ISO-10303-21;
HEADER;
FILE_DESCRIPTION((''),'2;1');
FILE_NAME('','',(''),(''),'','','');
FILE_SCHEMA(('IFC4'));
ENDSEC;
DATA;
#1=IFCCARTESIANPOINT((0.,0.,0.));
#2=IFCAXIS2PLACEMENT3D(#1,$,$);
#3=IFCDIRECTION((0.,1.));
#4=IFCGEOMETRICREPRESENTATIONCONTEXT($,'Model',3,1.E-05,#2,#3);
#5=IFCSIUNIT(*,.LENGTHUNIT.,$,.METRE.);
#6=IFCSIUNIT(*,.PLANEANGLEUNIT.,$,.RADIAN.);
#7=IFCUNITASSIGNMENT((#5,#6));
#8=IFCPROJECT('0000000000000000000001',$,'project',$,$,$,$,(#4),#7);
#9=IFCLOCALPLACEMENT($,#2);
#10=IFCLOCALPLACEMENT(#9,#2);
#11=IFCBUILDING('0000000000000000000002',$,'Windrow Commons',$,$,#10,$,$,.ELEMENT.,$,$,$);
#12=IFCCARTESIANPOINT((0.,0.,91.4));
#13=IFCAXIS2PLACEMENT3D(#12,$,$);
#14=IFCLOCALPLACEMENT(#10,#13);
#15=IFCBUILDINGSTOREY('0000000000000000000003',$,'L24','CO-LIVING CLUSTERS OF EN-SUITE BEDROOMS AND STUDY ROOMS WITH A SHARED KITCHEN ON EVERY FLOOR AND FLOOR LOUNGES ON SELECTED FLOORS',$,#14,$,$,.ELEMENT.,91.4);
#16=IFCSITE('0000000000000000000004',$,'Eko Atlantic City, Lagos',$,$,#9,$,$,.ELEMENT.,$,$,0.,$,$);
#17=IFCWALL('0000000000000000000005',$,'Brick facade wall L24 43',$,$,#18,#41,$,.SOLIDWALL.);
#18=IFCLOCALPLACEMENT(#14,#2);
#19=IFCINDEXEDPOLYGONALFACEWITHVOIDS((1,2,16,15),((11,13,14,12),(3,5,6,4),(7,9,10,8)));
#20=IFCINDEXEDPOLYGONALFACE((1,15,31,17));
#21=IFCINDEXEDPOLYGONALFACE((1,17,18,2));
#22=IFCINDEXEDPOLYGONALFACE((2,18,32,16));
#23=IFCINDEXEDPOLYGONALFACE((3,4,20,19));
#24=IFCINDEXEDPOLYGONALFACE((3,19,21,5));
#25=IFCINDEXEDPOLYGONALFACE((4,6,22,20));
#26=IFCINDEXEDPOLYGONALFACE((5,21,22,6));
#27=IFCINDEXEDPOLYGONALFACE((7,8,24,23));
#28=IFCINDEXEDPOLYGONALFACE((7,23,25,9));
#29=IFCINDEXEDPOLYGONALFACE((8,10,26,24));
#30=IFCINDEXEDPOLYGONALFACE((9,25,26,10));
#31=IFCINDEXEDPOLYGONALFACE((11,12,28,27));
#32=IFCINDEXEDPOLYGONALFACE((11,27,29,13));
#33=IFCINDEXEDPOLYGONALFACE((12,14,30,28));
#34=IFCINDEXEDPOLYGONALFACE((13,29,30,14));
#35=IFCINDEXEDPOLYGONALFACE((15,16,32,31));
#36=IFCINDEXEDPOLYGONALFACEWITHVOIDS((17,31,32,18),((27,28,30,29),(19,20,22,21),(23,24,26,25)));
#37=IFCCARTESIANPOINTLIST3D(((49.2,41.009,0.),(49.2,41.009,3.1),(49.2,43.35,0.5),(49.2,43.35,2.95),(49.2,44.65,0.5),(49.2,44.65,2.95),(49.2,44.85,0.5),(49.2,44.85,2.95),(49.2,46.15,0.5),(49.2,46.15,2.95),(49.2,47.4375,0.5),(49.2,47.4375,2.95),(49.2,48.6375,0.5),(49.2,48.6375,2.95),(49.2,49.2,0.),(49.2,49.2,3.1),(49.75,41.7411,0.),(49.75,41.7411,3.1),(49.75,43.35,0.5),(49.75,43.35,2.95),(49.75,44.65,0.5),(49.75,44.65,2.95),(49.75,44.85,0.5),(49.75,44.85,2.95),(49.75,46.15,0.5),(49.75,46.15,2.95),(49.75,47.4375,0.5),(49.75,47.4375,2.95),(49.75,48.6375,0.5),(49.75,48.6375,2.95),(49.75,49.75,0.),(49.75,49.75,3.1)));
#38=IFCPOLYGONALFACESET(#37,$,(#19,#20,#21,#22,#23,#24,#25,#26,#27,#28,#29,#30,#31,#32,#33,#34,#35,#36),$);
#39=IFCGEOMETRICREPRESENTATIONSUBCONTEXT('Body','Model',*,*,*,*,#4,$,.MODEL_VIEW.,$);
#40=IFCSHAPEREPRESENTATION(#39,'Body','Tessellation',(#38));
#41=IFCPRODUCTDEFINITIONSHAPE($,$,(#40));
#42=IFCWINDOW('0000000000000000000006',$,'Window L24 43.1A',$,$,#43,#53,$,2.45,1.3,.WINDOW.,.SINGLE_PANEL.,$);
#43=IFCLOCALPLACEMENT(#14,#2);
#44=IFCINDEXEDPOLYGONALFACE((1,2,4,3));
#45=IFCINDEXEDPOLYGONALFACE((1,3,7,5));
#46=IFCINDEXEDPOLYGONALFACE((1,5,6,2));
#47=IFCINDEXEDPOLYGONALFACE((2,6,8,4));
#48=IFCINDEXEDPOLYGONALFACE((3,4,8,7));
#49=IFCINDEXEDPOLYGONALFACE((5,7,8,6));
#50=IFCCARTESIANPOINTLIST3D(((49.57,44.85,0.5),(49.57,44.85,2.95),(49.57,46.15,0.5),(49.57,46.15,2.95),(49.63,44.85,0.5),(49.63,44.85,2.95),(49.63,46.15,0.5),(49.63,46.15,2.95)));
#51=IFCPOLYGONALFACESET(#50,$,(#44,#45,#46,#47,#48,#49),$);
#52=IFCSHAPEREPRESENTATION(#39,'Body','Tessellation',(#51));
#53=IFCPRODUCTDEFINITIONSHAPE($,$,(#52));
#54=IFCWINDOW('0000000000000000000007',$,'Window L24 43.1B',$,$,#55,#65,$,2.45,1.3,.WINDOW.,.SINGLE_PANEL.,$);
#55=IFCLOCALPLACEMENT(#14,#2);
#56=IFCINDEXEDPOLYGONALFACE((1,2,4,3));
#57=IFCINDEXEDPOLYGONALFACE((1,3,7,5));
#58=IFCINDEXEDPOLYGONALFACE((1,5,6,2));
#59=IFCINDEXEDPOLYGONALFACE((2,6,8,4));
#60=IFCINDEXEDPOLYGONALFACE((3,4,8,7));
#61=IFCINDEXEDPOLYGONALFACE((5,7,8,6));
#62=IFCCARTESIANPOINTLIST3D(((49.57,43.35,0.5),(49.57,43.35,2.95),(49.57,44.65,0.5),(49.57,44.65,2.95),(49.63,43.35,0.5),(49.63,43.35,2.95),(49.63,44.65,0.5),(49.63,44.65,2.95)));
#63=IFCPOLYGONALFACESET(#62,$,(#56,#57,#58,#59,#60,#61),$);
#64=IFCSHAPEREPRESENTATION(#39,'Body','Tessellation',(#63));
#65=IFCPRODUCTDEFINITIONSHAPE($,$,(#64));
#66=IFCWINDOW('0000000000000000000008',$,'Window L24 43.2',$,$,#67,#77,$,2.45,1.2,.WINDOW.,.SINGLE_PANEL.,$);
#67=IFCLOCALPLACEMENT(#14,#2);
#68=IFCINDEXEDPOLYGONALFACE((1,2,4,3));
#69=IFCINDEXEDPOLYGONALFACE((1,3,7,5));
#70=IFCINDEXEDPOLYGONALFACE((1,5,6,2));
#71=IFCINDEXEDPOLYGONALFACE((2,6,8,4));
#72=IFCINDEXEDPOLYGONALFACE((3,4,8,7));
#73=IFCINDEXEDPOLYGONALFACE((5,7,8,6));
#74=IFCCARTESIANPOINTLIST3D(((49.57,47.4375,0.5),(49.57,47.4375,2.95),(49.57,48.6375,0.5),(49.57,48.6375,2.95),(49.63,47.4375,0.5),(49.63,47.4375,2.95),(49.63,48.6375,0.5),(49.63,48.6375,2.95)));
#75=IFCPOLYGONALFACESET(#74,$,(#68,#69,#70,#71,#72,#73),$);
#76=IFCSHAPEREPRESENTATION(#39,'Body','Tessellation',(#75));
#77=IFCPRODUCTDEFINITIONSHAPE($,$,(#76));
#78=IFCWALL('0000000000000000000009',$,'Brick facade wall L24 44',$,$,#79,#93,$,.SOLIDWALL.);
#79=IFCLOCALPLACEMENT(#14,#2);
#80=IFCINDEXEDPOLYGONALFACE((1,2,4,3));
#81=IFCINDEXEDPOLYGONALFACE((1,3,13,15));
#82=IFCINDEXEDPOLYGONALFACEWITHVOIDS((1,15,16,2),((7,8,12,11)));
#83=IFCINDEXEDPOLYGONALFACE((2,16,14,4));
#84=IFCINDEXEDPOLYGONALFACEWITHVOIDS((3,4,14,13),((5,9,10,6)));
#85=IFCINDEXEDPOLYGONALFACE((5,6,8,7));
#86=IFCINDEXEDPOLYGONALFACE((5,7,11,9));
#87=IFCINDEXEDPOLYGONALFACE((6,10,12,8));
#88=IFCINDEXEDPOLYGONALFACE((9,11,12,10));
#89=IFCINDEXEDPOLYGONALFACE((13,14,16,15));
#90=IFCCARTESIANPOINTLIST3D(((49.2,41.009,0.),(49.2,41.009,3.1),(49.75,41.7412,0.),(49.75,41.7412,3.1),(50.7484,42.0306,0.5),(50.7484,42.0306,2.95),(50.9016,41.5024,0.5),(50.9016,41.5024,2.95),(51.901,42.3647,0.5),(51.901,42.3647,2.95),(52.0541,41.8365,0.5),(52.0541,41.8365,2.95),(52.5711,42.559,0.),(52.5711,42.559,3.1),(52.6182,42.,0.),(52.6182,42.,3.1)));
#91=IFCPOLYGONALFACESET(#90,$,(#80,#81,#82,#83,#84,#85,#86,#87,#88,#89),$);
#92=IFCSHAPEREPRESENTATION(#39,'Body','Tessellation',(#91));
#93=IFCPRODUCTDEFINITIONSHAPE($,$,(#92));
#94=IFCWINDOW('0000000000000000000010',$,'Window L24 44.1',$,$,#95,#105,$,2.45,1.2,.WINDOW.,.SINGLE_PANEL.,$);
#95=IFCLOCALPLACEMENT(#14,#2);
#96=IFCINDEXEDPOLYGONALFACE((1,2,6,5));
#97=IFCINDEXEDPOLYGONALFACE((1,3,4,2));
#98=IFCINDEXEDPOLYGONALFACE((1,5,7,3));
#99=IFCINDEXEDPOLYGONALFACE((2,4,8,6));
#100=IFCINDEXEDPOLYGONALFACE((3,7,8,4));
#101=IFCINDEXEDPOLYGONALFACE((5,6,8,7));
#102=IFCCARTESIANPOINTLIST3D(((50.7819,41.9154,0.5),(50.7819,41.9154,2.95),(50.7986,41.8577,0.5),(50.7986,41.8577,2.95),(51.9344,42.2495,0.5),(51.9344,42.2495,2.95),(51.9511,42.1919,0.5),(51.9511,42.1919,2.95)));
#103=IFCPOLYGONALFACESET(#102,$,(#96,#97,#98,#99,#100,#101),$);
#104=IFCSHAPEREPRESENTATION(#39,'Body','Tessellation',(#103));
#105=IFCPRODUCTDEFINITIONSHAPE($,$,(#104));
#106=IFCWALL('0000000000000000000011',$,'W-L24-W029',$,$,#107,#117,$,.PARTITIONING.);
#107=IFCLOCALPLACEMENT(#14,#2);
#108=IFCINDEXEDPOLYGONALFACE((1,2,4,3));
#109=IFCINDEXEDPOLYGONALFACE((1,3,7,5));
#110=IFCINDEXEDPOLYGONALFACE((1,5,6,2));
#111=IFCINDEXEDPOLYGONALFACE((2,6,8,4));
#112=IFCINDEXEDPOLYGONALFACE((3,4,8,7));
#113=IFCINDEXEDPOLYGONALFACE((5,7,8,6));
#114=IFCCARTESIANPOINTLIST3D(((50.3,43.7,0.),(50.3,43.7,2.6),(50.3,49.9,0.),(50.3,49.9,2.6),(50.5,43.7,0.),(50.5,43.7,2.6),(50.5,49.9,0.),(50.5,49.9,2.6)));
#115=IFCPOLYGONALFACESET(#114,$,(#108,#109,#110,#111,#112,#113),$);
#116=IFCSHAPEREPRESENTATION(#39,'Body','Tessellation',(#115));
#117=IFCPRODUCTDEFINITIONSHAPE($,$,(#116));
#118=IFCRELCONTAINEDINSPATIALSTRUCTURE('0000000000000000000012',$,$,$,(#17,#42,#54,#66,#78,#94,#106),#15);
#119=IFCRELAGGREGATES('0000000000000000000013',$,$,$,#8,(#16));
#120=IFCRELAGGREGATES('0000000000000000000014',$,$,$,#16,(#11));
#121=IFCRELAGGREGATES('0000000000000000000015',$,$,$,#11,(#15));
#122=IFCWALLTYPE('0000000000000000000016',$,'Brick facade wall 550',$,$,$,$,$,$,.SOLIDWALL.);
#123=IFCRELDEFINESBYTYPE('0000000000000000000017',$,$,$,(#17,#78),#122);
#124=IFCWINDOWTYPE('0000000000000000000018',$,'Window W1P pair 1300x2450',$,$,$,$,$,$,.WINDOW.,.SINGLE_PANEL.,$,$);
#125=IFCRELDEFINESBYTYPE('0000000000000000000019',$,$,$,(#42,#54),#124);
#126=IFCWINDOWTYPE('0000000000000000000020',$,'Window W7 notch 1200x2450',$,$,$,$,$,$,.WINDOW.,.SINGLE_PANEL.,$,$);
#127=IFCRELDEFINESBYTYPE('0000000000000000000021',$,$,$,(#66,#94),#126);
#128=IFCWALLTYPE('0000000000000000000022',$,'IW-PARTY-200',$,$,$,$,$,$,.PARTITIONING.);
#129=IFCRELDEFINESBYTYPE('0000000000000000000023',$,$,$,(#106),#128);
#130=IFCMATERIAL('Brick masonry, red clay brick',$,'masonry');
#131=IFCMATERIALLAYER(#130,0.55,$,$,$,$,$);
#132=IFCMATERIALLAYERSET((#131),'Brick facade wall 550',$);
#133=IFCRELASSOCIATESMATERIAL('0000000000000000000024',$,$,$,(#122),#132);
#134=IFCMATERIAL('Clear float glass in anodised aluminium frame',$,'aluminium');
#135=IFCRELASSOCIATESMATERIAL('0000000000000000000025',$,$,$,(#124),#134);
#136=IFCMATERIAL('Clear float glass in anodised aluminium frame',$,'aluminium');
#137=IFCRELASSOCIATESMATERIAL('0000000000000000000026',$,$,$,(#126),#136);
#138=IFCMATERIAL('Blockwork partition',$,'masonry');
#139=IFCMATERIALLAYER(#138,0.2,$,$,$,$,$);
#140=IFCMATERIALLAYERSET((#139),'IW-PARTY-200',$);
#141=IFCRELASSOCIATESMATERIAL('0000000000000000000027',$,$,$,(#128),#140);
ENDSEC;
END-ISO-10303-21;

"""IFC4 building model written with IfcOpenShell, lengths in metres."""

from ifc_helpers import new_model, si_unit, direction, frame, frame_2d, origin, place, context, subcontext, project, spatial, polyline, rectangle, outline, extrude, material, layer, layer_set, type_object, element, fill, save


model = new_model("IFC4")

# Units and contexts
model_context = context("Model", 3, precision=1e-05, world=origin(), true_north=direction((0.0, 1.0)))
body_context = subcontext(model_context, "Body", "Model", "MODEL_VIEW")
ifc_project = project(units=[si_unit("LENGTHUNIT", "METRE"), si_unit("PLANEANGLEUNIT", "RADIAN")], contexts=[model_context])

# Site, building, storey
site_placement = place(None, origin())
site = spatial("IfcSite", under=ifc_project, at=site_placement, Name="Eko Atlantic City, Lagos", CompositionType="ELEMENT", RefElevation=0.0)
building_placement = place(site_placement, origin())
building = spatial("IfcBuilding", under=site, at=building_placement, Name="Windrow Commons", CompositionType="ELEMENT")
storey_placement = place(building_placement, frame((0.0, 0.0, 91.4)))
storey = spatial("IfcBuildingStorey", under=building, at=storey_placement, Name="L24", Description="CO-LIVING CLUSTERS OF EN-SUITE BEDROOMS AND STUDY ROOMS WITH A SHARED KITCHEN ON EVERY FLOOR AND FLOOR LOUNGES ON SELECTED FLOORS", CompositionType="ELEMENT", Elevation=91.4)

# Wall, openings, windows
ifc_material_1 = material(Name="Brick masonry, red clay brick", Category="masonry")
ifc_layer_1 = layer(ifc_material_1, 0.55)
ifc_layer_set_1 = layer_set([ifc_layer_1], Name="Brick facade wall 550")
wall_type_1 = type_object("IfcWallType", Name="Brick facade wall 550", PredefinedType="SOLIDWALL", material=ifc_layer_set_1)
ifc_material_2 = material(Name="Clear float glass in anodised aluminium frame", Category="aluminium")
window_type_1 = type_object("IfcWindowType", Name="Window W1P pair 1300x2450", PartitioningType="SINGLE_PANEL", PredefinedType="WINDOW", material=ifc_material_2)
ifc_material_3 = material(Name="Clear float glass in anodised aluminium frame", Category="aluminium")
window_type_2 = type_object("IfcWindowType", Name="Window W7 notch 1200x2450", PartitioningType="SINGLE_PANEL", PredefinedType="WINDOW", material=ifc_material_3)
wall_1_placement = place(storey_placement, frame((49.475, 49.475, 0.0), z_axis=(0.0, 0.0, 1.0), x_axis=(0.0, -1.0, 0.0)))
wall_1 = element("IfcWall", 1, at=wall_1_placement, inside=storey, type_object=wall_type_1, Name="Brick facade wall L24 43", PredefinedType="SOLIDWALL", context=body_context, shape_type="SweptSolid", body=[
    extrude(outline(polyline([(0.275, -0.275), (8.466, -0.275), (7.7339, 0.275), (-0.275, 0.275), (0.275, -0.275)])), origin(), (0.0, 0.0, 1.0), 3.1),
])
opening_1_placement = place(wall_1_placement, frame((3.325, 0.0, 0.5)))
opening_1 = element("IfcOpeningElement", 2, at=opening_1_placement, cuts=wall_1, PredefinedType="OPENING", context=body_context, shape_type="SweptSolid", body=[
    extrude(rectangle(XDim=1.3, YDim=2.45, at=frame_2d((0.65, 1.225))), frame((0.0, 0.285, 0.0), z_axis=(0.0, -1.0, 0.0), x_axis=(1.0, 0.0, 0.0)), (0.0, 0.0, 1.0), 0.57),
])
opening_2_placement = place(wall_1_placement, frame((4.825, 0.0, 0.5)))
opening_2 = element("IfcOpeningElement", 3, at=opening_2_placement, cuts=wall_1, PredefinedType="OPENING", context=body_context, shape_type="SweptSolid", body=[
    extrude(rectangle(XDim=1.3, YDim=2.45, at=frame_2d((0.65, 1.225))), frame((0.0, 0.285, 0.0), z_axis=(0.0, -1.0, 0.0), x_axis=(1.0, 0.0, 0.0)), (0.0, 0.0, 1.0), 0.57),
])
opening_3_placement = place(wall_1_placement, frame((0.8375, 0.0, 0.5)))
opening_3 = element("IfcOpeningElement", 4, at=opening_3_placement, cuts=wall_1, PredefinedType="OPENING", context=body_context, shape_type="SweptSolid", body=[
    extrude(rectangle(XDim=1.2, YDim=2.45, at=frame_2d((0.6, 1.225))), frame((0.0, 0.285, 0.0), z_axis=(0.0, -1.0, 0.0), x_axis=(1.0, 0.0, 0.0)), (0.0, 0.0, 1.0), 0.57),
])
window_1_placement = place(opening_1_placement, origin())
window_1 = element("IfcWindow", 5, at=window_1_placement, inside=storey, type_object=window_type_1, Name="Window L24 43.1A", OverallHeight=2.45, OverallWidth=1.3, PartitioningType="SINGLE_PANEL", PredefinedType="WINDOW", context=body_context, shape_type="SweptSolid", body=[
    extrude(rectangle(XDim=1.3, YDim=2.45, at=frame_2d((0.65, 1.225))), frame((0.0, 0.155, 0.0), z_axis=(0.0, -1.0, 0.0), x_axis=(1.0, 0.0, 0.0)), (0.0, 0.0, 1.0), 0.06),
])
fill(opening_1, window_1)
window_2_placement = place(opening_2_placement, origin())
window_2 = element("IfcWindow", 6, at=window_2_placement, inside=storey, type_object=window_type_1, Name="Window L24 43.1B", OverallHeight=2.45, OverallWidth=1.3, PartitioningType="SINGLE_PANEL", PredefinedType="WINDOW", context=body_context, shape_type="SweptSolid", body=[
    extrude(rectangle(XDim=1.3, YDim=2.45, at=frame_2d((0.65, 1.225))), frame((0.0, 0.155, 0.0), z_axis=(0.0, -1.0, 0.0), x_axis=(1.0, 0.0, 0.0)), (0.0, 0.0, 1.0), 0.06),
])
fill(opening_2, window_2)
window_3_placement = place(opening_3_placement, origin())
window_3 = element("IfcWindow", 7, at=window_3_placement, inside=storey, type_object=window_type_2, Name="Window L24 43.2", OverallHeight=2.45, OverallWidth=1.2, PartitioningType="SINGLE_PANEL", PredefinedType="WINDOW", context=body_context, shape_type="SweptSolid", body=[
    extrude(rectangle(XDim=1.2, YDim=2.45, at=frame_2d((0.6, 1.225))), frame((0.0, 0.155, 0.0), z_axis=(0.0, -1.0, 0.0), x_axis=(1.0, 0.0, 0.0)), (0.0, 0.0, 1.0), 0.06),
])
fill(opening_3, window_3)

# Wall, opening, window
wall_2_placement = place(storey_placement, frame((49.475, 41.3751, 0.0), z_axis=(0.0, 0.0, 1.0), x_axis=(0.960453, 0.278444, 0.0)))
wall_2 = element("IfcWall", 8, at=wall_2_placement, inside=storey, type_object=wall_type_1, Name="Brick facade wall L24 44", PredefinedType="SOLIDWALL", context=body_context, shape_type="SweptSolid", body=[
    extrude(outline(polyline([(-0.3661, -0.275), (3.1929, -0.275), (3.3033, 0.275), (0.3661, 0.275), (-0.3661, -0.275)])), origin(), (0.0, 0.0, 1.0), 3.1),
])
opening_4_placement = place(wall_2_placement, frame((1.4056, 0.0, 0.5)))
opening_4 = element("IfcOpeningElement", 9, at=opening_4_placement, cuts=wall_2, PredefinedType="OPENING", context=body_context, shape_type="SweptSolid", body=[
    extrude(rectangle(XDim=1.2, YDim=2.45, at=frame_2d((0.6, 1.225))), frame((0.0, 0.285, 0.0), z_axis=(0.0, -1.0, 0.0), x_axis=(1.0, 0.0, 0.0)), (0.0, 0.0, 1.0), 0.57),
])
window_4_placement = place(opening_4_placement, origin())
window_4 = element("IfcWindow", 10, at=window_4_placement, inside=storey, type_object=window_type_2, Name="Window L24 44.1", OverallHeight=2.45, OverallWidth=1.2, PartitioningType="SINGLE_PANEL", PredefinedType="WINDOW", context=body_context, shape_type="SweptSolid", body=[
    extrude(rectangle(XDim=1.2, YDim=2.45, at=frame_2d((0.6, 1.225))), frame((0.0, 0.155, 0.0), z_axis=(0.0, -1.0, 0.0), x_axis=(1.0, 0.0, 0.0)), (0.0, 0.0, 1.0), 0.06),
])
fill(opening_4, window_4)

# Wall
ifc_material_4 = material(Name="Blockwork partition", Category="masonry")
ifc_layer_2 = layer(ifc_material_4, 0.2)
ifc_layer_set_2 = layer_set([ifc_layer_2], Name="IW-PARTY-200")
wall_type_2 = type_object("IfcWallType", Name="IW-PARTY-200", PredefinedType="PARTITIONING", material=ifc_layer_set_2)
wall_3_placement = place(storey_placement, frame((50.4, 43.7, 0.0), z_axis=(0.0, 0.0, 1.0), x_axis=(0.0, 1.0, 0.0)))
element("IfcWall", 11, at=wall_3_placement, inside=storey, type_object=wall_type_2, Name="W-L24-W029", PredefinedType="PARTITIONING", context=body_context, shape_type="SweptSolid", body=[
    extrude(rectangle(XDim=6.2, YDim=0.2, at=frame_2d((3.1, 0.0))), origin(), (0.0, 0.0, 1.0), 2.6),
])

save(model, "model.ifc")
